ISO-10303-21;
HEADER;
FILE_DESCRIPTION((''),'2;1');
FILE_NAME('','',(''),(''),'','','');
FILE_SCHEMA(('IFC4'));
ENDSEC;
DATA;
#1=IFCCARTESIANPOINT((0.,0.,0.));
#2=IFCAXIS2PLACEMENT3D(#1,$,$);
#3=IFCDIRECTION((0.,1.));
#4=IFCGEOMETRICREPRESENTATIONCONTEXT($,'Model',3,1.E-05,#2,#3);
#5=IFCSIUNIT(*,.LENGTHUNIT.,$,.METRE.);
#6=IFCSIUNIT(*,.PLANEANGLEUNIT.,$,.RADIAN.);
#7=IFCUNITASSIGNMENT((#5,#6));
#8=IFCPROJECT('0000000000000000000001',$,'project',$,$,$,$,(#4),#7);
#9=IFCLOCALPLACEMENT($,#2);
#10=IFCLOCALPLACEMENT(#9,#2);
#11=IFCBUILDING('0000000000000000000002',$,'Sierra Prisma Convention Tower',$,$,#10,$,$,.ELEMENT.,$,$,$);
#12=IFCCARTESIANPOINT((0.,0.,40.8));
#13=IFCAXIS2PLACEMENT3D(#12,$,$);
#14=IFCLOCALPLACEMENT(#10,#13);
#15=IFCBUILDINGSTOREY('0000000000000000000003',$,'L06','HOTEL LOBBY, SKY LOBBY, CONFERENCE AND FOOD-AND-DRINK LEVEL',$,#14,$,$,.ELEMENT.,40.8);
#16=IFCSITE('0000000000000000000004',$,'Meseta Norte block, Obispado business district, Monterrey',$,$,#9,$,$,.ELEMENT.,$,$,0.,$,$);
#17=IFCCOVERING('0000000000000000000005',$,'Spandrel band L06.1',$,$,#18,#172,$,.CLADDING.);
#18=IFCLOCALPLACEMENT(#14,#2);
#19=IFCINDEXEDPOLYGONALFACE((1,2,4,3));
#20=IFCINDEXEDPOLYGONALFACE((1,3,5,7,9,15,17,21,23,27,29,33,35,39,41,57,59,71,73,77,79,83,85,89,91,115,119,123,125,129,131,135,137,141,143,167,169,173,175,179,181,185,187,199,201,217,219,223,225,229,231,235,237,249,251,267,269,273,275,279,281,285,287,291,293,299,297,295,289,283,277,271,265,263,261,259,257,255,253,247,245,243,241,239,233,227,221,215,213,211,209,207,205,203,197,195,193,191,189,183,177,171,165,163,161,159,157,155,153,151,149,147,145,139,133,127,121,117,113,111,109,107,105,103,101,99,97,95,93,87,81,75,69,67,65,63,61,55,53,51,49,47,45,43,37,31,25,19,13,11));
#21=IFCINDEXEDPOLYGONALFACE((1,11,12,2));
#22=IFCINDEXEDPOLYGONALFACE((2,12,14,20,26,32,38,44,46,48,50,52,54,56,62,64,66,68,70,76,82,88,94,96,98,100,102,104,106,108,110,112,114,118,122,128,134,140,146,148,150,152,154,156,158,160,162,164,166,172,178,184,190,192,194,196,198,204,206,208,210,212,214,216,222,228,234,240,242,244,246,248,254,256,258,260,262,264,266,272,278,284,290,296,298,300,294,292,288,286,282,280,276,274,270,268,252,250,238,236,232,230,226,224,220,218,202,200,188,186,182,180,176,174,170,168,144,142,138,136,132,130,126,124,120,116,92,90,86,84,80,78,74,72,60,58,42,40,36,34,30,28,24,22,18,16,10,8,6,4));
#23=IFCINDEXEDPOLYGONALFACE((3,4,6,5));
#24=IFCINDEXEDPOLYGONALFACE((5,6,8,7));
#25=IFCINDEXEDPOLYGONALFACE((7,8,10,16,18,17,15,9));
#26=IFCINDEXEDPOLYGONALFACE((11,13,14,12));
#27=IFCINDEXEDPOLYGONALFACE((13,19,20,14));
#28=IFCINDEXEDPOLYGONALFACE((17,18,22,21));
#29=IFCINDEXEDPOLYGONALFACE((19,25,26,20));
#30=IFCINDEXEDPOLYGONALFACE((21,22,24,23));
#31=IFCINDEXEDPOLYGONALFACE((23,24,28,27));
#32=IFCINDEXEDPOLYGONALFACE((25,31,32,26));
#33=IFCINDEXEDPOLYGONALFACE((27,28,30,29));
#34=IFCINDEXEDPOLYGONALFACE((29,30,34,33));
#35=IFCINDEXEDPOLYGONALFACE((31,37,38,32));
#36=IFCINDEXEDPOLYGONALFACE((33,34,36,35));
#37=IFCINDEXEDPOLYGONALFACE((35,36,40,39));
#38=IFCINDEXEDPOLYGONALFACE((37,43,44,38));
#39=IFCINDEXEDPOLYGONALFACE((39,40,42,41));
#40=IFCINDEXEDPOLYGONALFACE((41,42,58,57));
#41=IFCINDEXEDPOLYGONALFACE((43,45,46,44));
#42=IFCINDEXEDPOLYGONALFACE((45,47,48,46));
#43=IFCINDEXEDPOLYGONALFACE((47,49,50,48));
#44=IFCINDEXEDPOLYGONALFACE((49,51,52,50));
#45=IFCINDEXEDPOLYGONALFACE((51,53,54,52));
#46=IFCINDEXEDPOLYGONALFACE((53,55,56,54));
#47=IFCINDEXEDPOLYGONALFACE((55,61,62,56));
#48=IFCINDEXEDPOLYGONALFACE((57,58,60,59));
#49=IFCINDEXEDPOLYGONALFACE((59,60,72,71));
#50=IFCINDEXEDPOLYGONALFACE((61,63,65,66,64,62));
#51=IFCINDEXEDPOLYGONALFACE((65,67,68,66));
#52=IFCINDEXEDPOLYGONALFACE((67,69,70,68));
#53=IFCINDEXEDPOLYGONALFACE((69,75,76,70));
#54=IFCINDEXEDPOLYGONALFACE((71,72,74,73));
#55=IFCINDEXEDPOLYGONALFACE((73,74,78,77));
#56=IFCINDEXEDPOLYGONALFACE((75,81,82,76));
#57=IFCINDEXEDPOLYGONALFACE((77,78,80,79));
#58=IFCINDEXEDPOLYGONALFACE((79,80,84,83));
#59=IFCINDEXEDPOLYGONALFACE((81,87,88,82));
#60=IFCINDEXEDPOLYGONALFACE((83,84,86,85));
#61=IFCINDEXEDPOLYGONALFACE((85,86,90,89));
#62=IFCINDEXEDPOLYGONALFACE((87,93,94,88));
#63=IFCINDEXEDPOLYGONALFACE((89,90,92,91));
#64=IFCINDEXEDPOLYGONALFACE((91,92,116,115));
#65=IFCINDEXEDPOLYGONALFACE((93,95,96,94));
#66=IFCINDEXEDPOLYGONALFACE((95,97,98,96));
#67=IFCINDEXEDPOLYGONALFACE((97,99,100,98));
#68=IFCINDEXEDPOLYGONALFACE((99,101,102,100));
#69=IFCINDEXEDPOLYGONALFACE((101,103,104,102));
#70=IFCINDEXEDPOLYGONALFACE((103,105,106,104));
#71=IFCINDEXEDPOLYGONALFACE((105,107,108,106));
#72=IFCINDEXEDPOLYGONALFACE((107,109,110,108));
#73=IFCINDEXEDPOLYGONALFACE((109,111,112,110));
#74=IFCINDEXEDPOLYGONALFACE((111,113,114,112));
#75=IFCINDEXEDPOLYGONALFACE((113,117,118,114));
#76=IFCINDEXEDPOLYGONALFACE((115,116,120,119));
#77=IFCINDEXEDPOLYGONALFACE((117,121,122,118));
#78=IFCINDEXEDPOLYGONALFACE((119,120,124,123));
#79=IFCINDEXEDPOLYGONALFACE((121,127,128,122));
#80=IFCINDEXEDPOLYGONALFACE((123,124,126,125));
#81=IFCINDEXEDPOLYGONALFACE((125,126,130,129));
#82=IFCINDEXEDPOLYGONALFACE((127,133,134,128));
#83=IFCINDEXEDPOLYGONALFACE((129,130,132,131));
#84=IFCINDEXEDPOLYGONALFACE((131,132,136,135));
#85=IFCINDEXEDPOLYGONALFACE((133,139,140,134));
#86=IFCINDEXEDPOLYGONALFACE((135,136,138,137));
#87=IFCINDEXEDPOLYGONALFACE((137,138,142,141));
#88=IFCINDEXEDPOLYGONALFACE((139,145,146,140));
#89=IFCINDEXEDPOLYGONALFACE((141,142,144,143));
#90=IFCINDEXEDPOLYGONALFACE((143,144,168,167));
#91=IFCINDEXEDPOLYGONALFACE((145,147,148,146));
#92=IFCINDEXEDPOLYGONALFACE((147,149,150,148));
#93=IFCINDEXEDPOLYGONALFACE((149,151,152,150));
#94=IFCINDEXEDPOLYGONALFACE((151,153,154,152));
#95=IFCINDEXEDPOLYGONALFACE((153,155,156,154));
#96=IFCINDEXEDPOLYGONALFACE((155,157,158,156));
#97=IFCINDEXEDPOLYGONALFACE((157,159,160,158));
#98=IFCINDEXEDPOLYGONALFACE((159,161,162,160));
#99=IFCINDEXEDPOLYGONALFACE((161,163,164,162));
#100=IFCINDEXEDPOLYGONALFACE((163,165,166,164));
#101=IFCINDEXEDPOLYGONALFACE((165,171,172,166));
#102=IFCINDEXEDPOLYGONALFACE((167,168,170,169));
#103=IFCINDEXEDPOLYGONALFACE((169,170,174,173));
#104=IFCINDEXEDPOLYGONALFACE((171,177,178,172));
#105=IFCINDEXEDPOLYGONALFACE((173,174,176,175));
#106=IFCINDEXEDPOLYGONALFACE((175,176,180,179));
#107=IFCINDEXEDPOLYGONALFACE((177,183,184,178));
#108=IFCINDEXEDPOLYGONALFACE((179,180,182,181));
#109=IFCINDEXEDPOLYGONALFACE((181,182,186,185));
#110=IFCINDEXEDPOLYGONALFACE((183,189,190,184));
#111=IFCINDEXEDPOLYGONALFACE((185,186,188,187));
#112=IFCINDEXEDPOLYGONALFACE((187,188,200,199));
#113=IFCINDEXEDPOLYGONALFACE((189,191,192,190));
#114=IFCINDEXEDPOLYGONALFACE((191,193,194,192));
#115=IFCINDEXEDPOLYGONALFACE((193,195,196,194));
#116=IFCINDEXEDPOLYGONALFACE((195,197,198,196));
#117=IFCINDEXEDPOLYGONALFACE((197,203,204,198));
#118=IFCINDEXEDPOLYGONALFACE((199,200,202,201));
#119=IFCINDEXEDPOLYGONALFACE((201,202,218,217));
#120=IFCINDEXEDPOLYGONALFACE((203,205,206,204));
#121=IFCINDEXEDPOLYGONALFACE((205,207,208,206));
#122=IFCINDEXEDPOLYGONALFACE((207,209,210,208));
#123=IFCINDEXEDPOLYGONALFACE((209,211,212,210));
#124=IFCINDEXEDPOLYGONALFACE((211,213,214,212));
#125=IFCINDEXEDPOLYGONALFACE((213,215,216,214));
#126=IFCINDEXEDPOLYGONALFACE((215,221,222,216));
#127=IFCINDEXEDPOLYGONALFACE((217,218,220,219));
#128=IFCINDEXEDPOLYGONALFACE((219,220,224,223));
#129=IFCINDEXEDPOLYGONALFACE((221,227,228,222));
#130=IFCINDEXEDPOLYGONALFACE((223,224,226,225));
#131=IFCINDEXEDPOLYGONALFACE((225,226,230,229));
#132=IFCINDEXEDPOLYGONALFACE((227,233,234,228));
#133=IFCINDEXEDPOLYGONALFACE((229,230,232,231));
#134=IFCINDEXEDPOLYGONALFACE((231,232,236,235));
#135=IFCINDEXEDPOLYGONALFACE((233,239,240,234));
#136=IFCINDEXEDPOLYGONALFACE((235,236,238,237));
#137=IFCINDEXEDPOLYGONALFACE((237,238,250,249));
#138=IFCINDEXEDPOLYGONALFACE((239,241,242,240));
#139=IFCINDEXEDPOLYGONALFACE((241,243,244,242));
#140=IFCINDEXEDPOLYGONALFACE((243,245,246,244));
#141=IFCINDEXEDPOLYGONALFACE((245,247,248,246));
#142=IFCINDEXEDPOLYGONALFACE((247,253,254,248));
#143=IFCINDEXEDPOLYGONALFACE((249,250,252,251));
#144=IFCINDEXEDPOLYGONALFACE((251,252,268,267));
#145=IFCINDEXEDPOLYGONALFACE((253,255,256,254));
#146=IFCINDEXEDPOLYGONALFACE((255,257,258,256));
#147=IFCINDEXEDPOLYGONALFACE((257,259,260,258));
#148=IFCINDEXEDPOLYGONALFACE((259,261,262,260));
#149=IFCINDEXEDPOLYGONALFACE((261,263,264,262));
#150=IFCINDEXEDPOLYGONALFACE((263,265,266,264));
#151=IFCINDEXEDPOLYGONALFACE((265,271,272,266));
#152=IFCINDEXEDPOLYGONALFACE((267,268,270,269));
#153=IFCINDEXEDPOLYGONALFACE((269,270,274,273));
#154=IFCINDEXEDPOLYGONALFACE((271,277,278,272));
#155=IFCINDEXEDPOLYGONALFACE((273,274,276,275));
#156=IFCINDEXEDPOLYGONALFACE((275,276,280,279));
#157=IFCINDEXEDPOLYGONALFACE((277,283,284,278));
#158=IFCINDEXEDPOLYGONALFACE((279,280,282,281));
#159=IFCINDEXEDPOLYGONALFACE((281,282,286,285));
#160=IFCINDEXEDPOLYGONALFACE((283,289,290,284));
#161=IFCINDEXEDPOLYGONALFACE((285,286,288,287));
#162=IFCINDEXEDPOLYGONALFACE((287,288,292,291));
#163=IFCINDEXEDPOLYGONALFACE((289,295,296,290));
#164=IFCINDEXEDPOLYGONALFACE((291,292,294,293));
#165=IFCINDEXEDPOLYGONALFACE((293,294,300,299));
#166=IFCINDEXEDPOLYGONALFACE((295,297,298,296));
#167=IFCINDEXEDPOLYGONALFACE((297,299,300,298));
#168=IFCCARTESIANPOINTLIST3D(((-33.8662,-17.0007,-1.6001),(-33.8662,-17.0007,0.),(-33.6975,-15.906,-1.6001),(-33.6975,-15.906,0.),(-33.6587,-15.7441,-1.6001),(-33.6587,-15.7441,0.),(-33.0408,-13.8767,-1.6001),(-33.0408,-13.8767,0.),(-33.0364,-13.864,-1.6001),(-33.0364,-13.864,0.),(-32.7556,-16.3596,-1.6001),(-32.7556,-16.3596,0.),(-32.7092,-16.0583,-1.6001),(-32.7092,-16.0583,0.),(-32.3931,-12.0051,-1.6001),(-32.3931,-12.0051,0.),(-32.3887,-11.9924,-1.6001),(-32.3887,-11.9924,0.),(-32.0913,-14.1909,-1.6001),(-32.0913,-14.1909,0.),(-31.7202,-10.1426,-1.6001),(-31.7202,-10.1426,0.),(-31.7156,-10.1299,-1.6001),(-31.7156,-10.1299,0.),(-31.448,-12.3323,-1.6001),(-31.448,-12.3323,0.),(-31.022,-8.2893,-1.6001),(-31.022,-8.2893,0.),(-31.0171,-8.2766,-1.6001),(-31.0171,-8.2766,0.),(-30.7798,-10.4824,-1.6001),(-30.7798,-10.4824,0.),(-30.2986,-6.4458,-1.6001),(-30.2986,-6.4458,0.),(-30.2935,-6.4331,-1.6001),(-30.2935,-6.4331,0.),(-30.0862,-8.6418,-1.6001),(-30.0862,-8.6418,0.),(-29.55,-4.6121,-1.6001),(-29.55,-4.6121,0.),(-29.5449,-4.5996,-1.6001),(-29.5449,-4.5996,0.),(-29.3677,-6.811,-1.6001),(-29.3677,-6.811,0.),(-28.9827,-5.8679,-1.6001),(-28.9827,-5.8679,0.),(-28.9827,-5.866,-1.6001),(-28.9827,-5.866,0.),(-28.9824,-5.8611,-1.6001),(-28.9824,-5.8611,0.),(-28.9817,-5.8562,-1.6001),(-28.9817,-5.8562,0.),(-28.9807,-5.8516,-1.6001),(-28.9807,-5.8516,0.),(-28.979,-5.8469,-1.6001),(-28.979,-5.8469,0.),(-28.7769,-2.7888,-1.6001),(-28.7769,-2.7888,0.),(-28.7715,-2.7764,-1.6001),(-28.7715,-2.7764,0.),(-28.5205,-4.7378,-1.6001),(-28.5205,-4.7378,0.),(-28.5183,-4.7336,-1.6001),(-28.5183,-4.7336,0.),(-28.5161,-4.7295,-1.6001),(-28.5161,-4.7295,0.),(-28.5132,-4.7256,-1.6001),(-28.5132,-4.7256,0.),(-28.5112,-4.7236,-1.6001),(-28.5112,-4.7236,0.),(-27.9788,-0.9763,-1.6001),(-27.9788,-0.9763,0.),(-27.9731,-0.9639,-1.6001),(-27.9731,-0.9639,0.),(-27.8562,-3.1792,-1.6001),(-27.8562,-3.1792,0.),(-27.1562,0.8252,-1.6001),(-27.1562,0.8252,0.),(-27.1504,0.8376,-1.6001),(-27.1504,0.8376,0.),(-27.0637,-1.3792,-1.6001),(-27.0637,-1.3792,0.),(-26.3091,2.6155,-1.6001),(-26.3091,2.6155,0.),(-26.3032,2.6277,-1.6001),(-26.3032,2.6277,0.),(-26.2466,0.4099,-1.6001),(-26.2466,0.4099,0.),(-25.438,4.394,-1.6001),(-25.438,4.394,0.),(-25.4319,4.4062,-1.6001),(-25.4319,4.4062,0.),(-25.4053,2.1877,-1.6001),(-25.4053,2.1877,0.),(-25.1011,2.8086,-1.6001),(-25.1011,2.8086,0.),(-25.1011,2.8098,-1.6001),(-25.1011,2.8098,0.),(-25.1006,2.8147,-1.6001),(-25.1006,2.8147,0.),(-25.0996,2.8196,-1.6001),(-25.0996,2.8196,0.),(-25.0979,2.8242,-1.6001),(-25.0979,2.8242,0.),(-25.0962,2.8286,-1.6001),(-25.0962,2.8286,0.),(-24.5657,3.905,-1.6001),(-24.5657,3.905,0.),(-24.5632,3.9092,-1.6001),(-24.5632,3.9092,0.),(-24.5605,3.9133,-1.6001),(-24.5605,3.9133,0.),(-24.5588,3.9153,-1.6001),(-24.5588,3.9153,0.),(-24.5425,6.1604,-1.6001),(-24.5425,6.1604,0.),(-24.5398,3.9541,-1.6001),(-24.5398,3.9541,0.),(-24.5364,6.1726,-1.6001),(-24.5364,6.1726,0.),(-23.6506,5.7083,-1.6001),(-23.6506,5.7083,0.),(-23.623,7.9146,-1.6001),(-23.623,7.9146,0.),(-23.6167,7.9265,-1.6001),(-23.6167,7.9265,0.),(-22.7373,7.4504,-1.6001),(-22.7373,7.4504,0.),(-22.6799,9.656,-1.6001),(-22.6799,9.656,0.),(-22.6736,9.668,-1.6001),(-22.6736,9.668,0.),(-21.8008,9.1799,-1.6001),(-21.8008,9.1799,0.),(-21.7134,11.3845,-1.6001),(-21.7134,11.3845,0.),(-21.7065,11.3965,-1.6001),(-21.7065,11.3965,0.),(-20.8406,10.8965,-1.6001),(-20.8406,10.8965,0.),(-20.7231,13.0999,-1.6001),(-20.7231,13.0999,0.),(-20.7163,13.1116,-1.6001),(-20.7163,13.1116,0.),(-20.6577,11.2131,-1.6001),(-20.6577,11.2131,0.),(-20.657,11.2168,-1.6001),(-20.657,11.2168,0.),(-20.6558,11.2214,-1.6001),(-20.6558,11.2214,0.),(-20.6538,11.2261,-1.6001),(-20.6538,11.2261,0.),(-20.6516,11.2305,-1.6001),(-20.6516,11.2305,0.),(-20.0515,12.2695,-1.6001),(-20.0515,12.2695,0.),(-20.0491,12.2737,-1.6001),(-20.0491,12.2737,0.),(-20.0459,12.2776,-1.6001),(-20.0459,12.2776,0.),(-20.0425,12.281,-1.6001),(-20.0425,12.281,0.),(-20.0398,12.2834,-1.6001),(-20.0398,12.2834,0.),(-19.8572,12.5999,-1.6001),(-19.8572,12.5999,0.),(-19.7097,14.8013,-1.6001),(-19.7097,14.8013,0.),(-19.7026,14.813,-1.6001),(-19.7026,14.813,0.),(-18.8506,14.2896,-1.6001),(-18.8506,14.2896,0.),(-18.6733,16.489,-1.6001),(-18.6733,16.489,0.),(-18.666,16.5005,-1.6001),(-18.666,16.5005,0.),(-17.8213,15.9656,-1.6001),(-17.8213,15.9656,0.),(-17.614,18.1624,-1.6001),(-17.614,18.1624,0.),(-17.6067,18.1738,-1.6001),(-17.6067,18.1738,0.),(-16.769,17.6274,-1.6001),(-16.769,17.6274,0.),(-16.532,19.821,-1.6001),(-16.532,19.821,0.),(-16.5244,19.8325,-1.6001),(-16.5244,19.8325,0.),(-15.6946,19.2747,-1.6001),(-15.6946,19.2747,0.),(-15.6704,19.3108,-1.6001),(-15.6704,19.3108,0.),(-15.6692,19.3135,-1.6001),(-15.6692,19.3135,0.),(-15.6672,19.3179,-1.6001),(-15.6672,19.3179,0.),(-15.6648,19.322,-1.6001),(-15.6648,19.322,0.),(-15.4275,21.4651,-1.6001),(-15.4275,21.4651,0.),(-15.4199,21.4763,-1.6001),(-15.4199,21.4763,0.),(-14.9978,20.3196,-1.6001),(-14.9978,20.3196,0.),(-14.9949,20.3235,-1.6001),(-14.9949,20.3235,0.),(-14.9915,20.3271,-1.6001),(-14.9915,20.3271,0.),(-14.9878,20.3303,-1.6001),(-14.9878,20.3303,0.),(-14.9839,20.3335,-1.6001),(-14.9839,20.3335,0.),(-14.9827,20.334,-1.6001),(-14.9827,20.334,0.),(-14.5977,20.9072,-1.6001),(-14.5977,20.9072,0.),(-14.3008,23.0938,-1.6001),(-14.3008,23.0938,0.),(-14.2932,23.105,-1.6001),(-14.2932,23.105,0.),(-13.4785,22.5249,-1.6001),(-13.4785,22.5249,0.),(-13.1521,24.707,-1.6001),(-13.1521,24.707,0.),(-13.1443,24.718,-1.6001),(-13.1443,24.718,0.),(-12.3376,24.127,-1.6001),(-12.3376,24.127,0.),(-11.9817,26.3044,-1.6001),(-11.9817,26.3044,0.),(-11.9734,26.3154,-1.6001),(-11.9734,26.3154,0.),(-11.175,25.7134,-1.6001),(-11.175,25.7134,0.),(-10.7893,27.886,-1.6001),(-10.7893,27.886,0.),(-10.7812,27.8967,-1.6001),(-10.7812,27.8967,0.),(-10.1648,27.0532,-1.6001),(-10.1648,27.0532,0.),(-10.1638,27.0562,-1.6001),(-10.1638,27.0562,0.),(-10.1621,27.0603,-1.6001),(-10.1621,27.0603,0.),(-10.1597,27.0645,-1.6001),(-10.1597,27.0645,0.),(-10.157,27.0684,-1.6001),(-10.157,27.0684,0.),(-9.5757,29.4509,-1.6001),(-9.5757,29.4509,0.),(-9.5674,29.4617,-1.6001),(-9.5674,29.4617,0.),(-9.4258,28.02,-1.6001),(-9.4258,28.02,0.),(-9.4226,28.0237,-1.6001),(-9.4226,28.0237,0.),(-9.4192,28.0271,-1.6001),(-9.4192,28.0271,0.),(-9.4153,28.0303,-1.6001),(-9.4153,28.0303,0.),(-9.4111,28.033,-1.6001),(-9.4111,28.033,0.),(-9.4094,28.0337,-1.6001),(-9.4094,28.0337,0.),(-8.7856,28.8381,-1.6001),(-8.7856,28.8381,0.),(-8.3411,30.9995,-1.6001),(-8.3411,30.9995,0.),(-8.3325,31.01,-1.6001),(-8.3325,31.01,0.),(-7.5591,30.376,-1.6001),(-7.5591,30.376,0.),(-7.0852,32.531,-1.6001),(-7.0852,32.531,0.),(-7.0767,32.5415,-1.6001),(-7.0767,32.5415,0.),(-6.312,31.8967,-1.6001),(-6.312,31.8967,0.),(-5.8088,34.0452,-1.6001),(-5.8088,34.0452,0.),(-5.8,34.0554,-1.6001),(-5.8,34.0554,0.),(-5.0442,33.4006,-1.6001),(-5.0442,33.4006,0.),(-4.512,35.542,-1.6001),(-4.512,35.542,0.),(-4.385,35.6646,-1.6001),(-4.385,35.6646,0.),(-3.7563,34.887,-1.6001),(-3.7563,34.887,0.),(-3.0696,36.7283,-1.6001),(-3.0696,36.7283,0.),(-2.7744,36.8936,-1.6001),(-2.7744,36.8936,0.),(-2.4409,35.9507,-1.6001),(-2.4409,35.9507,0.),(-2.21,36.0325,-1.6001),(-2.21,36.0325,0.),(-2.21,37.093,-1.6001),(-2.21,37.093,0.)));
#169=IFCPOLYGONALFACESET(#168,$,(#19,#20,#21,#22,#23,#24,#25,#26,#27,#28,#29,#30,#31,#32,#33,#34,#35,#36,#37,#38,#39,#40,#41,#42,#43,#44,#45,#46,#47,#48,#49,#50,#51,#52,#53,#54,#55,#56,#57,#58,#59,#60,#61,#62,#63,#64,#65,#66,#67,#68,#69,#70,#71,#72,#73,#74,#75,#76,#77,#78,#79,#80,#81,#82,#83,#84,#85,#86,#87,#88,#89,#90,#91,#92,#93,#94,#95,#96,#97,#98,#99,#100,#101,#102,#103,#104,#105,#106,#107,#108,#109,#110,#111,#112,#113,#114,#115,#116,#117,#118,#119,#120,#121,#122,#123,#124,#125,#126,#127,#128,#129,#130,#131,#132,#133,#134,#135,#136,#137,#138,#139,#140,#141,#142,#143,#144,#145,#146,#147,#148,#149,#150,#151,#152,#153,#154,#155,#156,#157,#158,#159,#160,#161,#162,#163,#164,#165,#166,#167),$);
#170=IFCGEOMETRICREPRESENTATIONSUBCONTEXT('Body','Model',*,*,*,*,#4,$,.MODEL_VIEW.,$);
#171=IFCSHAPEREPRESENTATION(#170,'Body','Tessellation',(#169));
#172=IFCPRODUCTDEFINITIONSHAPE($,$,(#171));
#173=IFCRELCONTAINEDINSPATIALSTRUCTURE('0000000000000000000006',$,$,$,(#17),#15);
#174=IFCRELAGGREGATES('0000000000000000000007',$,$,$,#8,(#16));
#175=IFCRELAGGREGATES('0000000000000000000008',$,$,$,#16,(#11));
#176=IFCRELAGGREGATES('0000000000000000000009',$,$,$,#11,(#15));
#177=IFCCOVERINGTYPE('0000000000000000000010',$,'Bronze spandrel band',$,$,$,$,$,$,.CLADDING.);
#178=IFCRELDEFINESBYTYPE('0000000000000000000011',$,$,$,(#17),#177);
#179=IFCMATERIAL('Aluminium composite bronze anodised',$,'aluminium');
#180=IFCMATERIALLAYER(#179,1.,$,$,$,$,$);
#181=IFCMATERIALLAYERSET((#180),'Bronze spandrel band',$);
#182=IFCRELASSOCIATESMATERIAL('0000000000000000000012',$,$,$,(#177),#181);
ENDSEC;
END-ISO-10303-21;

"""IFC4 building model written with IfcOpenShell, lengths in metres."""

from ifc_helpers import new_model, si_unit, direction, frame, origin, place, context, subcontext, project, spatial, polyline, outline, extrude, material, layer, layer_set, type_object, element, save


model = new_model("IFC4")

# Units and contexts
model_context = context("Model", 3, precision=1e-05, world=origin(), true_north=direction((0.0, 1.0)))
body_context = subcontext(model_context, "Body", "Model", "MODEL_VIEW")
ifc_project = project(units=[si_unit("LENGTHUNIT", "METRE"), si_unit("PLANEANGLEUNIT", "RADIAN")], contexts=[model_context])

# Site, building, storey
site_placement = place(None, origin())
site = spatial("IfcSite", under=ifc_project, at=site_placement, Name="Meseta Norte block, Obispado business district, Monterrey", CompositionType="ELEMENT", RefElevation=0.0)
building_placement = place(site_placement, origin())
building = spatial("IfcBuilding", under=site, at=building_placement, Name="Sierra Prisma Convention Tower", CompositionType="ELEMENT")
storey_placement = place(building_placement, frame((0.0, 0.0, 40.8)))
storey = spatial("IfcBuildingStorey", under=building, at=storey_placement, Name="L06", Description="HOTEL LOBBY, SKY LOBBY, CONFERENCE AND FOOD-AND-DRINK LEVEL", CompositionType="ELEMENT", Elevation=40.8)

# Covering
ifc_material_1 = material(Name="Aluminium composite bronze anodised", Category="aluminium")
ifc_layer_1 = layer(ifc_material_1, 1.0)
ifc_layer_set_1 = layer_set([ifc_layer_1], Name="Bronze spandrel band")
covering_type_1 = type_object("IfcCoveringType", Name="Bronze spandrel band", PredefinedType="CLADDING", material=ifc_layer_set_1)
covering_1_placement = place(storey_placement, frame((0.0, 0.0, -1.6001)))
element("IfcCovering", 1, at=covering_1_placement, inside=storey, type_object=covering_type_1, Name="Spandrel band L06.1", PredefinedType="CLADDING", context=body_context, shape_type="SweptSolid", body=[
    extrude(outline(polyline([(-28.7715, -2.7764), (-27.9788, -0.9763), (-27.9731, -0.9639), (-27.1562, 0.8252), (-27.1504, 0.8376), (-26.3091, 2.6155), (-26.3032, 2.6277), (-25.438, 4.394), (-25.4319, 4.4062), (-24.5425, 6.1604), (-24.5364, 6.1726), (-23.623, 7.9146), (-23.6167, 7.9265), (-22.6799, 9.656), (-22.6736, 9.668), (-21.7134, 11.3845), (-21.7065, 11.3965), (-20.7231, 13.0999), (-20.7163, 13.1116), (-19.7097, 14.8013), (-19.7026, 14.813), (-18.6733, 16.489), (-18.666, 16.5005), (-17.614, 18.1624), (-17.6067, 18.1738), (-16.532, 19.821), (-16.5244, 19.8325), (-15.4275, 21.4651), (-15.4199, 21.4763), (-14.3008, 23.0938), (-14.2932, 23.105), (-13.1521, 24.707), (-13.1443, 24.718), (-11.9817, 26.3044), (-11.9734, 26.3154), (-10.7893, 27.886), (-10.7812, 27.8967), (-9.5757, 29.4509), (-9.5674, 29.4617), (-8.3411, 30.9995), (-8.3325, 31.01), (-7.0852, 32.531), (-7.0767, 32.5415), (-5.8088, 34.0452), (-5.8, 34.0554), (-4.512, 35.542), (-4.385, 35.6646), (-3.0696, 36.7283), (-2.7744, 36.8936), (-2.21, 37.093), (-2.21, 36.0325), (-2.4409, 35.9507), (-3.7563, 34.887), (-5.0442, 33.4006), (-6.312, 31.8967), (-7.5591, 30.376), (-8.7856, 28.8381), (-9.4094, 28.0337), (-9.4111, 28.033), (-9.4153, 28.0303), (-9.4192, 28.0271), (-9.4226, 28.0237), (-9.4258, 28.02), (-10.157, 27.0684), (-10.1597, 27.0645), (-10.1621, 27.0603), (-10.1638, 27.0562), (-10.1648, 27.0532), (-11.175, 25.7134), (-12.3376, 24.127), (-13.4785, 22.5249), (-14.5977, 20.9072), (-14.9827, 20.334), (-14.9839, 20.3335), (-14.9878, 20.3303), (-14.9915, 20.3271), (-14.9949, 20.3235), (-14.9978, 20.3196), (-15.6648, 19.322), (-15.6672, 19.3179), (-15.6692, 19.3135), (-15.6704, 19.3108), (-15.6946, 19.2747), (-16.769, 17.6274), (-17.8213, 15.9656), (-18.8506, 14.2896), (-19.8572, 12.5999), (-20.0398, 12.2834), (-20.0425, 12.281), (-20.0459, 12.2776), (-20.0491, 12.2737), (-20.0515, 12.2695), (-20.6516, 11.2305), (-20.6538, 11.2261), (-20.6558, 11.2214), (-20.657, 11.2168), (-20.6577, 11.2131), (-20.8406, 10.8965), (-21.8008, 9.1799), (-22.7373, 7.4504), (-23.6506, 5.7083), (-24.5398, 3.9541), (-24.5588, 3.9153), (-24.5605, 3.9133), (-24.5632, 3.9092), (-24.5657, 3.905), (-25.0962, 2.8286), (-25.0979, 2.8242), (-25.0996, 2.8196), (-25.1006, 2.8147), (-25.1011, 2.8098), (-25.1011, 2.8086), (-25.4053, 2.1877), (-26.2466, 0.4099), (-27.0637, -1.3792), (-27.8562, -3.1792), (-28.5112, -4.7236), (-28.5132, -4.7256), (-28.5161, -4.7295), (-28.5183, -4.7336), (-28.5205, -4.7378), (-28.979, -5.8469), (-28.9807, -5.8516), (-28.9817, -5.8562), (-28.9824, -5.8611), (-28.9827, -5.866), (-28.9827, -5.8679), (-29.3677, -6.811), (-30.0862, -8.6418), (-30.7798, -10.4824), (-31.448, -12.3323), (-32.0913, -14.1909), (-32.7092, -16.0583), (-32.7556, -16.3596), (-33.8662, -17.0007), (-33.6975, -15.906), (-33.6587, -15.7441), (-33.0408, -13.8767), (-33.0364, -13.864), (-32.3931, -12.0051), (-32.3887, -11.9924), (-31.7202, -10.1426), (-31.7156, -10.1299), (-31.022, -8.2893), (-31.0171, -8.2766), (-30.2986, -6.4458), (-30.2935, -6.4331), (-29.55, -4.6121), (-29.5449, -4.5996), (-28.7769, -2.7888), (-28.7715, -2.7764)])), origin(), (0.0, 0.0, 1.0), 1.6001),
])

save(model, "model.ifc")
